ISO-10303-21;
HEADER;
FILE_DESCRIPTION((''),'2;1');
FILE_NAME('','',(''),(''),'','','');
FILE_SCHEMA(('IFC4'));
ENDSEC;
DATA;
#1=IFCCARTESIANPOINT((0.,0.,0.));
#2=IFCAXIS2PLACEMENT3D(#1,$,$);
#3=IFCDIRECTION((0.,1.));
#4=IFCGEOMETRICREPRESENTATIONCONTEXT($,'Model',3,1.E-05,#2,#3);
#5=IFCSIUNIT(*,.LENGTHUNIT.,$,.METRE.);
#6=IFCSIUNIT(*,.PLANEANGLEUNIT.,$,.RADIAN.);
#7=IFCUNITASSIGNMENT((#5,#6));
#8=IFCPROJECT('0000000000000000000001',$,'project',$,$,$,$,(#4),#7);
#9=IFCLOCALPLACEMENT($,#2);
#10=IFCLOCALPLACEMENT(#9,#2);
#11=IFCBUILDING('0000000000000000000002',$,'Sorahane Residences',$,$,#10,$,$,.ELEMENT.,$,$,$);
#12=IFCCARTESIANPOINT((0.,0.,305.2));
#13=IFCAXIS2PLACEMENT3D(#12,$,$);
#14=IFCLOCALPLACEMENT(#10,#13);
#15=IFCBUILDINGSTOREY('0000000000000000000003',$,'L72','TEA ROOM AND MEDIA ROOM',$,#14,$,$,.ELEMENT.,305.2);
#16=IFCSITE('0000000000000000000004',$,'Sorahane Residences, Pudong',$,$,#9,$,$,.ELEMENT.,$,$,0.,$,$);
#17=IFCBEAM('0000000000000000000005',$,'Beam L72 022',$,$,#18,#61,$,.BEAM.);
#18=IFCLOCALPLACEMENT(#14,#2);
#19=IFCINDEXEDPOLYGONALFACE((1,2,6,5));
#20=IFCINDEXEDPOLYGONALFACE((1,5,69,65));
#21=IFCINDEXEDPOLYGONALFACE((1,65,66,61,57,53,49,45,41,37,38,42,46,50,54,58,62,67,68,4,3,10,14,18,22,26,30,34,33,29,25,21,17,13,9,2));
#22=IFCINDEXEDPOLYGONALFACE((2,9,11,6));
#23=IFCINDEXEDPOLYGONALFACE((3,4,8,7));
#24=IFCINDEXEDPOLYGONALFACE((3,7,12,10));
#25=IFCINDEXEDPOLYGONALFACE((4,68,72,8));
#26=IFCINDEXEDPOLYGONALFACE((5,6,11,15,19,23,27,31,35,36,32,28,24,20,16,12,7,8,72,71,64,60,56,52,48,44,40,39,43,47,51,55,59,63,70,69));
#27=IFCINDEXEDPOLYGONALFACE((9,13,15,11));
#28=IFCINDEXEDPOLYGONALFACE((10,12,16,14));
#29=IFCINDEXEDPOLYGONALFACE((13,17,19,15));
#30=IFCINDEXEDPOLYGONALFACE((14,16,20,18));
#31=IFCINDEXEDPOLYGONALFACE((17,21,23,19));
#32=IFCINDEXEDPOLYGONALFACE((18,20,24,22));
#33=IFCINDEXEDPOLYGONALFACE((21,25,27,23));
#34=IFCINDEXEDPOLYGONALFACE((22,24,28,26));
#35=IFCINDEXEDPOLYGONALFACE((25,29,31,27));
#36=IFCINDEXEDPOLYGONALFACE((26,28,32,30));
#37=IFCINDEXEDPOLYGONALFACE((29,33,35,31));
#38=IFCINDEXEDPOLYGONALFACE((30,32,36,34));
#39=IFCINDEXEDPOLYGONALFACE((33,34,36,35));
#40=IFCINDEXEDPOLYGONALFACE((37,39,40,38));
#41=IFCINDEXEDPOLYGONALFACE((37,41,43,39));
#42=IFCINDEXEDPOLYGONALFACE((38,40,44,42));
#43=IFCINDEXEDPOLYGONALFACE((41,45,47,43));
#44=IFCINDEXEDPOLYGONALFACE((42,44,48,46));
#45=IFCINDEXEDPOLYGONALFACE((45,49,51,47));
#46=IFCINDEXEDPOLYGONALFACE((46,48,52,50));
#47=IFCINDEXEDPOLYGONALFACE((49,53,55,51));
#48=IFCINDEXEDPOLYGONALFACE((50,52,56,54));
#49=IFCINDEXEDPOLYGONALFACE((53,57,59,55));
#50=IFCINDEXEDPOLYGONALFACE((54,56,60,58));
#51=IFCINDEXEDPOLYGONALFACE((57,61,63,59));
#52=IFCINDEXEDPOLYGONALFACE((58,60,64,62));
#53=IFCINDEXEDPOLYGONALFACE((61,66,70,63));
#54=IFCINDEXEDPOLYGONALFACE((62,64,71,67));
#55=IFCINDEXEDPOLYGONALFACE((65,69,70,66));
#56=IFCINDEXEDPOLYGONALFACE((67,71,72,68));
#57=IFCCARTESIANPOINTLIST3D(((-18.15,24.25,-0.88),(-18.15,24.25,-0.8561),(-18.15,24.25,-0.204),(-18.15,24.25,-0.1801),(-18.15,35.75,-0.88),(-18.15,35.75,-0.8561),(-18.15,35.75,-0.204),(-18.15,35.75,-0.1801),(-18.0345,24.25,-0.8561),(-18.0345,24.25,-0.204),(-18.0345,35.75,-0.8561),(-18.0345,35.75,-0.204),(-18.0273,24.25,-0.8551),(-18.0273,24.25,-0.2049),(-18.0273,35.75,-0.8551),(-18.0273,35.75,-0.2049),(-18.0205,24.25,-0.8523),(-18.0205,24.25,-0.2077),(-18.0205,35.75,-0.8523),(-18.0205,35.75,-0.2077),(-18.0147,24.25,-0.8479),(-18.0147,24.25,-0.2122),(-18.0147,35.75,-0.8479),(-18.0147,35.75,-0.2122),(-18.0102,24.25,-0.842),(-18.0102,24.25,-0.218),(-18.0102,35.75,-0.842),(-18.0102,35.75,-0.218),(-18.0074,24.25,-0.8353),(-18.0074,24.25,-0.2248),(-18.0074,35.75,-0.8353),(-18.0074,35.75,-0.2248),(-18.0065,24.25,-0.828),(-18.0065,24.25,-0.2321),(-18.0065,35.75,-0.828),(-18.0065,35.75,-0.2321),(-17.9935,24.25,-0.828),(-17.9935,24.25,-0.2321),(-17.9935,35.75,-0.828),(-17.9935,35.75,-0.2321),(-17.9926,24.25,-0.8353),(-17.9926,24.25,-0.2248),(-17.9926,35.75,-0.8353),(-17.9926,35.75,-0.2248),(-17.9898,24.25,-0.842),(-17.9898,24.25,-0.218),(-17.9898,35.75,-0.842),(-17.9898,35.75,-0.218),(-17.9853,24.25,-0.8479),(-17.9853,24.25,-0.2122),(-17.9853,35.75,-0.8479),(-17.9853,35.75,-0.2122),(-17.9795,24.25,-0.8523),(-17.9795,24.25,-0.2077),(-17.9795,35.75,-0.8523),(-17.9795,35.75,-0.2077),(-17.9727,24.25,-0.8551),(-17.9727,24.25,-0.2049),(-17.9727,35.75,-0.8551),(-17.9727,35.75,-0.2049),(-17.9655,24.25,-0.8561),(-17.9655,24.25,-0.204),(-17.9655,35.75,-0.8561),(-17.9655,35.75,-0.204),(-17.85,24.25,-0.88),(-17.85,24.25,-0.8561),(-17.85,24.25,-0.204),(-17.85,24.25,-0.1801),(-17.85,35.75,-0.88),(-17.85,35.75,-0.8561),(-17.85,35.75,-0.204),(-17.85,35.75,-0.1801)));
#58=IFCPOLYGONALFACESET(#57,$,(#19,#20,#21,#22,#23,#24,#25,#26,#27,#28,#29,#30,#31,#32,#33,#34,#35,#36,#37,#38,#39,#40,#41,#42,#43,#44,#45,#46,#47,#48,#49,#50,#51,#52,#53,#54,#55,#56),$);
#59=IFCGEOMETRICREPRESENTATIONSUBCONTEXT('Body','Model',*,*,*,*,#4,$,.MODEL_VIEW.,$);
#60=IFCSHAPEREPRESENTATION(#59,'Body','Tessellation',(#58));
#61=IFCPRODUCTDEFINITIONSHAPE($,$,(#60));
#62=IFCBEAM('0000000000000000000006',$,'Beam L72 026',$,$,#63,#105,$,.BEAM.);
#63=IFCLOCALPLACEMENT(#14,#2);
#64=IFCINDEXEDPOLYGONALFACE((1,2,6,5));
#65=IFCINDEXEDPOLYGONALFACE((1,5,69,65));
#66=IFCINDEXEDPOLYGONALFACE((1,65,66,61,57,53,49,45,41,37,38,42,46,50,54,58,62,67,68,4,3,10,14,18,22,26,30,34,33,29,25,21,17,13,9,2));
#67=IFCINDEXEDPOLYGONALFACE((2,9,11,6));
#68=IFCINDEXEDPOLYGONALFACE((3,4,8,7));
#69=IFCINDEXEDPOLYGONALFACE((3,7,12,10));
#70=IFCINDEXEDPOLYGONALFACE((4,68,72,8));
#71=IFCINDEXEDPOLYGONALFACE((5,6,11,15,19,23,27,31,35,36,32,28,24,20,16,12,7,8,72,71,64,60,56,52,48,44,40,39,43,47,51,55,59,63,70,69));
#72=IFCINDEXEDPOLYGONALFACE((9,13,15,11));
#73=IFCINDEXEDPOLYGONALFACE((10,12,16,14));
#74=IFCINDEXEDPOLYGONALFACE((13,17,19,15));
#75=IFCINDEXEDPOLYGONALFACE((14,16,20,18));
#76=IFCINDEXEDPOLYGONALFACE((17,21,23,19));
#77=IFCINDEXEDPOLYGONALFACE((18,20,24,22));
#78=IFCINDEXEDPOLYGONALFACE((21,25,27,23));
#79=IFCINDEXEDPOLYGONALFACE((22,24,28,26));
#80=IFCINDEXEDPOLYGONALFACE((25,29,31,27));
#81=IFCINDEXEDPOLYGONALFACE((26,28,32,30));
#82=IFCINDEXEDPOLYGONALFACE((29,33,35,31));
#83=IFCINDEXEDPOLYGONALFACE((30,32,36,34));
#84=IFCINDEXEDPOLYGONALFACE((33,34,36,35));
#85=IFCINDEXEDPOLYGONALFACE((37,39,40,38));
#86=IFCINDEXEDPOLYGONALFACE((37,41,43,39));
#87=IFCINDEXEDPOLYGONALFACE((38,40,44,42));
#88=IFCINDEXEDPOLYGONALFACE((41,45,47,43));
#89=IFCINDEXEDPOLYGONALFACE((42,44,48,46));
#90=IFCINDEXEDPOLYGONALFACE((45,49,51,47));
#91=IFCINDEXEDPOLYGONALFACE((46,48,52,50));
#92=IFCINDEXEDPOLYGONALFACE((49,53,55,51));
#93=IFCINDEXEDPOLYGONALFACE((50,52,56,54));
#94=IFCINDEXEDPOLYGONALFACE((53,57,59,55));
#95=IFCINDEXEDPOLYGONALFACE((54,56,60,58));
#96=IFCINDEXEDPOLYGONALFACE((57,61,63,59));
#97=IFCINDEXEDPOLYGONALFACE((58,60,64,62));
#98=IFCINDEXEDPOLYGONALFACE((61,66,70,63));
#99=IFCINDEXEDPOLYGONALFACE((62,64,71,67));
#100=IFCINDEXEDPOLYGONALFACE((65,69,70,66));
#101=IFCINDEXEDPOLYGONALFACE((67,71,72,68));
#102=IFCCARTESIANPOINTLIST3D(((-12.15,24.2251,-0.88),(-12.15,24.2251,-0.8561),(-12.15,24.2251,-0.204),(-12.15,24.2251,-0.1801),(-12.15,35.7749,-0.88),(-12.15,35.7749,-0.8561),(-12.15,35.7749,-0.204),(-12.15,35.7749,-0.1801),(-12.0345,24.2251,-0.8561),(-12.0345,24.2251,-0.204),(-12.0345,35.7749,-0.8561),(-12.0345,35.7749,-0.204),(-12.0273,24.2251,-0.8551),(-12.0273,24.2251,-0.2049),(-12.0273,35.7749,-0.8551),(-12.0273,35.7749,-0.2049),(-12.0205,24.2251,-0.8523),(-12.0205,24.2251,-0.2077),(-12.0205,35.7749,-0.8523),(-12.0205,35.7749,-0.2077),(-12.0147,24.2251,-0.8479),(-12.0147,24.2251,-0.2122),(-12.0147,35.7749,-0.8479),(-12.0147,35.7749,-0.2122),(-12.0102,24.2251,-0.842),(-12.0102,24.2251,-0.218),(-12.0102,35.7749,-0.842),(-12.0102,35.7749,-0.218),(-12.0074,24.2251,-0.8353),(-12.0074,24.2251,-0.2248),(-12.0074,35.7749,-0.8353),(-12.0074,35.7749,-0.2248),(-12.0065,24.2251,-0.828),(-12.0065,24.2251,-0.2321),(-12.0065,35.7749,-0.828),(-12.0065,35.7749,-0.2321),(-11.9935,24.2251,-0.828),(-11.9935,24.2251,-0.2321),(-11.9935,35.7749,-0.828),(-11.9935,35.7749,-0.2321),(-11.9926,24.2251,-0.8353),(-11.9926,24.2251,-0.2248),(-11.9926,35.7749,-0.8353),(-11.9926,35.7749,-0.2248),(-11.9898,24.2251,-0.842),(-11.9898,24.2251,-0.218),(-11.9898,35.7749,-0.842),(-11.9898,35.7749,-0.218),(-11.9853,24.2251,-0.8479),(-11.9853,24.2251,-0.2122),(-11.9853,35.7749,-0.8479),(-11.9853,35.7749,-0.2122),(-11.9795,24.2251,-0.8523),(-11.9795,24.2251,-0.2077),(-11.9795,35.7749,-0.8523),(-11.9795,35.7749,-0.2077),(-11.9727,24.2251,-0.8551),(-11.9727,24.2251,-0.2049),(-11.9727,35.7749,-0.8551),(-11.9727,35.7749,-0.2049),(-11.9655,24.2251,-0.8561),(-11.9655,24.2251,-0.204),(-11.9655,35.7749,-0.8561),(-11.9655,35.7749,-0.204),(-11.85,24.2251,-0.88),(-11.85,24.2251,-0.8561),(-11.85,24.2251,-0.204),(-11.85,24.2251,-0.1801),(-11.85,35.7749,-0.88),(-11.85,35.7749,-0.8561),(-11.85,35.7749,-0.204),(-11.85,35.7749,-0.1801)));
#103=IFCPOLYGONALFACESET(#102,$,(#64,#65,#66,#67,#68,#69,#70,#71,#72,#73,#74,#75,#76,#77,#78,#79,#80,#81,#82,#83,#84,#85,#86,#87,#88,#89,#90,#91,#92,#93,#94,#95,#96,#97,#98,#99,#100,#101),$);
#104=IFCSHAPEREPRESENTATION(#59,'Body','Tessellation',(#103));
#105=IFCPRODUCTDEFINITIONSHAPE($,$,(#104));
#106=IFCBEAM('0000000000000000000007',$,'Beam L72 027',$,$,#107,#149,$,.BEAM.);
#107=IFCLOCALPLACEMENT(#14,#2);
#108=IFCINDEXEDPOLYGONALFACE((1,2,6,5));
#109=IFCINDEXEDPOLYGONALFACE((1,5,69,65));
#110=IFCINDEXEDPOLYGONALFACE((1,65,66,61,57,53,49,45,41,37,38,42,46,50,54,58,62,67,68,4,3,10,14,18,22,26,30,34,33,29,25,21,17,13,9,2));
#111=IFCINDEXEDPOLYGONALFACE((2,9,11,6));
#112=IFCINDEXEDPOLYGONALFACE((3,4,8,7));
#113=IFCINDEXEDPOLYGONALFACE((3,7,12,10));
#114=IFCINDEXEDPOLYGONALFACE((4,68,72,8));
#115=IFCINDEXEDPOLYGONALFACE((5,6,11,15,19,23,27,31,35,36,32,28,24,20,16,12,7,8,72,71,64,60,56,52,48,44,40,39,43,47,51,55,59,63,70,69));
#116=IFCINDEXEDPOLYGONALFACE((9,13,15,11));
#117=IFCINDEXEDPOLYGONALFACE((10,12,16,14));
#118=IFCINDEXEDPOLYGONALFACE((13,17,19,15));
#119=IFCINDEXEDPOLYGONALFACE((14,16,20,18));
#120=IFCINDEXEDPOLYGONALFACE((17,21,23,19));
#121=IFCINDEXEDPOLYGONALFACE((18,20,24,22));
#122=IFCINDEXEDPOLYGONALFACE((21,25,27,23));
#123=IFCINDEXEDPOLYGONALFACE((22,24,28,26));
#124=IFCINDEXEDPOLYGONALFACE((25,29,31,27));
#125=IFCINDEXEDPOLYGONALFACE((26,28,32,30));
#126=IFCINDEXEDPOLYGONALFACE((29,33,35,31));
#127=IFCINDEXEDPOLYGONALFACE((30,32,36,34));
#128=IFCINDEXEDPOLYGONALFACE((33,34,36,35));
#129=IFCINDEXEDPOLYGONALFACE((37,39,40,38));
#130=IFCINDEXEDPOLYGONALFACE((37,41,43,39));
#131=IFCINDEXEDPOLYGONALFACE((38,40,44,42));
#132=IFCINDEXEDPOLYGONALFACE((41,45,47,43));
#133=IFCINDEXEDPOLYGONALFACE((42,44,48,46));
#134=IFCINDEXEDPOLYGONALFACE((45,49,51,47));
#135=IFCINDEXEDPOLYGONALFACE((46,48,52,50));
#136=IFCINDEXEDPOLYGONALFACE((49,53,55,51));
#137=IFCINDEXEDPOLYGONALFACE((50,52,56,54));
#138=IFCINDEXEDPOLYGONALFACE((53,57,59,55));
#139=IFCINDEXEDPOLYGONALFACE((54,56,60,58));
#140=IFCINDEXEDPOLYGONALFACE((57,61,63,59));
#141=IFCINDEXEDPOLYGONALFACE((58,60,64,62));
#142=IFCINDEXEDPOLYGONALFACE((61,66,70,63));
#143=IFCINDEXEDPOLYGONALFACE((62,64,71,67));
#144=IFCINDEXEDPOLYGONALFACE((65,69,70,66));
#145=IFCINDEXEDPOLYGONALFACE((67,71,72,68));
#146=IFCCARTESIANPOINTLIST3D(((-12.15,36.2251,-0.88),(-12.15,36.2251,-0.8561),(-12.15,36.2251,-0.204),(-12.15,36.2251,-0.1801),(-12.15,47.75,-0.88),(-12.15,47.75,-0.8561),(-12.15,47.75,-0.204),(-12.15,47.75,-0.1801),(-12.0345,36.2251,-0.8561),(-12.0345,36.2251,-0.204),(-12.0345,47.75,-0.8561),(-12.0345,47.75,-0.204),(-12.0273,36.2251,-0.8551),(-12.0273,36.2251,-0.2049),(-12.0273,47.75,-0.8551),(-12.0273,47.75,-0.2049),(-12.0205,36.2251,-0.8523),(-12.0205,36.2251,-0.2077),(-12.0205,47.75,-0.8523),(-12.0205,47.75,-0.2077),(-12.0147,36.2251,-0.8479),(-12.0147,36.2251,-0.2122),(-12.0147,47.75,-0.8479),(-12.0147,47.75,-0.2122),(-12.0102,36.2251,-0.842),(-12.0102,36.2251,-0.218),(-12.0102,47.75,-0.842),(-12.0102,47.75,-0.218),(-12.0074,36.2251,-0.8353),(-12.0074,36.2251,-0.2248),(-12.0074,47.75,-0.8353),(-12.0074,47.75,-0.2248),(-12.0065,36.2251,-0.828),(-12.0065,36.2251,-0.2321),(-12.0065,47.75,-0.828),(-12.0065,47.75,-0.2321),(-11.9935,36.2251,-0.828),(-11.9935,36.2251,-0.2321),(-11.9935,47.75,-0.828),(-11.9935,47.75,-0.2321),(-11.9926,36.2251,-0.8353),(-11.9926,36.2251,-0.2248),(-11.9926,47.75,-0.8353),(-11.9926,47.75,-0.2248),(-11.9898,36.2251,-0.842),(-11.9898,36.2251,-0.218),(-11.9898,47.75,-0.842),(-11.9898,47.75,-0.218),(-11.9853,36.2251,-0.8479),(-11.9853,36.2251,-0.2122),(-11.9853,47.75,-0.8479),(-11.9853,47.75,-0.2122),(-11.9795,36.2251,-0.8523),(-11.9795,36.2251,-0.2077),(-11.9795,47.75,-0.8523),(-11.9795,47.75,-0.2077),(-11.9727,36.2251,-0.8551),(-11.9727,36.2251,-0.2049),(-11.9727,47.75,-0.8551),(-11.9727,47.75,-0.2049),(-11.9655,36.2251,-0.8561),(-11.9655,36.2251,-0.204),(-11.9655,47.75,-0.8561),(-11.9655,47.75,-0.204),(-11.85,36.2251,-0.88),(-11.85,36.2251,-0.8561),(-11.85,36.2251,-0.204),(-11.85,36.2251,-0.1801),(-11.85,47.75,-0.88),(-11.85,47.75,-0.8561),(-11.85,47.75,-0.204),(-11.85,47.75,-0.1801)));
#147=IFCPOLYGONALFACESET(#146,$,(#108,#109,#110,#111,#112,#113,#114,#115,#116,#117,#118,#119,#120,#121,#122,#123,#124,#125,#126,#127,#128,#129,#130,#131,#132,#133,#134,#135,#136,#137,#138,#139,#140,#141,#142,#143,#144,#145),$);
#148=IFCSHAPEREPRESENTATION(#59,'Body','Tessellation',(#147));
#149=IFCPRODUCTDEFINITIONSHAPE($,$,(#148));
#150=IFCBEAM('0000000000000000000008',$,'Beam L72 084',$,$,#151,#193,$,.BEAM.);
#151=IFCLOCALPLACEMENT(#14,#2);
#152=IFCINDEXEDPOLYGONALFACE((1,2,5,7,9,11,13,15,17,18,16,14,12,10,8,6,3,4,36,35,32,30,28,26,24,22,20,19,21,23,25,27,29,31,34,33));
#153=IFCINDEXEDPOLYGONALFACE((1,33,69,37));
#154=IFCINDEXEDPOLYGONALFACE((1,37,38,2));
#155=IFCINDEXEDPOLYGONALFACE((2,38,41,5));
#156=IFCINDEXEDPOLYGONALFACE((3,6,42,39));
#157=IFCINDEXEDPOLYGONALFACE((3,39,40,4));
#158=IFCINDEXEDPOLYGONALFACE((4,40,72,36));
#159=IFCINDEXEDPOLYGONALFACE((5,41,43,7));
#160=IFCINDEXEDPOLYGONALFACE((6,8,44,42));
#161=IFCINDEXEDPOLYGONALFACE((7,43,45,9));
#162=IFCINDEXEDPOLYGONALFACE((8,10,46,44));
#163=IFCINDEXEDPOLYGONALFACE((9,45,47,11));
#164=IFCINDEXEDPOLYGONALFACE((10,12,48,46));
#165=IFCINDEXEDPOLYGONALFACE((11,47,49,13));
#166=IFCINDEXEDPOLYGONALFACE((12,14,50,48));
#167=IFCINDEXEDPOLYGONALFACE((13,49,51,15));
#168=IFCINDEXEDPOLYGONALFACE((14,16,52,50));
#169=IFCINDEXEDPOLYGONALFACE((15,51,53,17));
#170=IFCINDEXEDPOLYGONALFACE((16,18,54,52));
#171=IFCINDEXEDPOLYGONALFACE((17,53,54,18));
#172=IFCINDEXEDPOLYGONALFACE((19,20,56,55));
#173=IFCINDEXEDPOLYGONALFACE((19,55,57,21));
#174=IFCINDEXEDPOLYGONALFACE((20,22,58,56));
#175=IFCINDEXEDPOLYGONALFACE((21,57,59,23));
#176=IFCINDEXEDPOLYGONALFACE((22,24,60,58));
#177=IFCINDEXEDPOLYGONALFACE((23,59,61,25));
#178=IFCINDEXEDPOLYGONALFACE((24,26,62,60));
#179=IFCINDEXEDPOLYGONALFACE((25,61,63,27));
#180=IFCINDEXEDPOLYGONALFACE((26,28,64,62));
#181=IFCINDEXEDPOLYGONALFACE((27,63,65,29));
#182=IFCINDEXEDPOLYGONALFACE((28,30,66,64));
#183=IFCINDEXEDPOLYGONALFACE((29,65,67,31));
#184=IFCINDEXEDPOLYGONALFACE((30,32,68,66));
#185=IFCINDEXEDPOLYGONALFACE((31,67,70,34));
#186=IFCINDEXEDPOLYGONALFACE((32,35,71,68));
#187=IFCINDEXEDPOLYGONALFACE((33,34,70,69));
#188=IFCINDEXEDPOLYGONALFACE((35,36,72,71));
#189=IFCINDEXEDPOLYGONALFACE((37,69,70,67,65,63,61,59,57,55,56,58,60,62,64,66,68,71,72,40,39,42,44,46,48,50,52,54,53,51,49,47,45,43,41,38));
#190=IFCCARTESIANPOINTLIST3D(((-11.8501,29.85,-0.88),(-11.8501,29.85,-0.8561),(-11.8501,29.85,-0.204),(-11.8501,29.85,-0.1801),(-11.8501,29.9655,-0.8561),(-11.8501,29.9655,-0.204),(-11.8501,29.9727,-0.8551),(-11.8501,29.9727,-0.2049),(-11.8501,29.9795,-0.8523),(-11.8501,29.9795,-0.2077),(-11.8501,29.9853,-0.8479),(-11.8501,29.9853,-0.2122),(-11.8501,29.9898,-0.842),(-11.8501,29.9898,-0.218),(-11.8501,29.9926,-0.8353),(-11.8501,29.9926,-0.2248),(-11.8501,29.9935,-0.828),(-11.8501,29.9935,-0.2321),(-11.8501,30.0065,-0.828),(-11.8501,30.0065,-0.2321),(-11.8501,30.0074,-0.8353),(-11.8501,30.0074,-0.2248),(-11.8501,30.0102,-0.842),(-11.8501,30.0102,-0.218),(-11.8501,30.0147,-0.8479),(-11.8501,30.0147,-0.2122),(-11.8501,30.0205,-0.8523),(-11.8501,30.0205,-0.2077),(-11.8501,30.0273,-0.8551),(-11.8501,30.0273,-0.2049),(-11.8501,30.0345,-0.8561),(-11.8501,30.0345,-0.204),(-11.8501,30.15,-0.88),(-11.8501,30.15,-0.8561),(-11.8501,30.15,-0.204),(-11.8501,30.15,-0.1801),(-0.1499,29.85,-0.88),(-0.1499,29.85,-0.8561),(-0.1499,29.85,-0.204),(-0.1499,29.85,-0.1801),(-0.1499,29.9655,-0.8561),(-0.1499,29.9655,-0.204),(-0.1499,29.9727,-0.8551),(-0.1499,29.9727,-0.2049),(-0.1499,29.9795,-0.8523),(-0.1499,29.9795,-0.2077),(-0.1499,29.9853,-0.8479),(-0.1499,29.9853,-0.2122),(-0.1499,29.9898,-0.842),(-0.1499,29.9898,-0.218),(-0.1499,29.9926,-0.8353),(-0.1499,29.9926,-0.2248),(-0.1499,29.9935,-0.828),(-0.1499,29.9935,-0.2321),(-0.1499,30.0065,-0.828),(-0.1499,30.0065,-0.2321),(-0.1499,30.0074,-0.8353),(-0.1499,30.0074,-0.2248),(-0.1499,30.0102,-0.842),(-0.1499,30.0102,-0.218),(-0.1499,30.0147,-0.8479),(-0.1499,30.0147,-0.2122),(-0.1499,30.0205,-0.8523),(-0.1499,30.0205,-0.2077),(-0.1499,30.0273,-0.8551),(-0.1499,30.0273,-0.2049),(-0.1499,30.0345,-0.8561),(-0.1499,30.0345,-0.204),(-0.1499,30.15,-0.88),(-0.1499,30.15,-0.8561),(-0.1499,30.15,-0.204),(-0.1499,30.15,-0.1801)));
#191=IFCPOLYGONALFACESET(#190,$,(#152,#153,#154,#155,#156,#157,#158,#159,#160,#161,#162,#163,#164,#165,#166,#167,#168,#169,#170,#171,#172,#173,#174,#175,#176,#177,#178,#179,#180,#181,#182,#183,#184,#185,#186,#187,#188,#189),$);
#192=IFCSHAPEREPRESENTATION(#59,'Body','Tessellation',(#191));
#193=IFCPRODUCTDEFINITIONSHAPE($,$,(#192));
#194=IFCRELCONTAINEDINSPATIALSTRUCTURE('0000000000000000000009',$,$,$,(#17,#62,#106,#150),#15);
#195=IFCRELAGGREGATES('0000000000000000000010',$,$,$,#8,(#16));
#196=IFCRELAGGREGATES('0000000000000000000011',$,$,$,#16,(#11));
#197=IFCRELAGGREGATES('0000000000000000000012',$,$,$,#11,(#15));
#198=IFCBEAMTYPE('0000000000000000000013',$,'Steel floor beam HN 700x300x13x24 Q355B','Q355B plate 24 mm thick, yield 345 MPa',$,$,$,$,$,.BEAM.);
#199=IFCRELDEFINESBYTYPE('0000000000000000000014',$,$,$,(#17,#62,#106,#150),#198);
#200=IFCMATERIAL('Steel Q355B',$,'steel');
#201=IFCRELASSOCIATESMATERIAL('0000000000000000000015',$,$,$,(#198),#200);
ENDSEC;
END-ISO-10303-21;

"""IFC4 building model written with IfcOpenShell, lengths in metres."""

from ifc_helpers import new_model, si_unit, direction, frame, origin, origin_2d, place, context, subcontext, project, spatial, i_section, extrude, material, material_profile, profile_set, type_object, element, save


model = new_model("IFC4")

# Units and contexts
model_context = context("Model", 3, precision=1e-05, world=origin(), true_north=direction((0.0, 1.0)))
body_context = subcontext(model_context, "Body", "Model", "MODEL_VIEW")
ifc_project = project(units=[si_unit("LENGTHUNIT", "METRE"), si_unit("PLANEANGLEUNIT", "RADIAN")], contexts=[model_context])

# Site, building, storey
site_placement = place(None, origin())
site = spatial("IfcSite", under=ifc_project, at=site_placement, Name="Sorahane Residences, Pudong", CompositionType="ELEMENT", RefElevation=0.0)
building_placement = place(site_placement, origin())
building = spatial("IfcBuilding", under=site, at=building_placement, Name="Sorahane Residences", CompositionType="ELEMENT")
storey_placement = place(building_placement, frame((0.0, 0.0, 305.2)))
storey = spatial("IfcBuildingStorey", under=building, at=storey_placement, Name="L72", Description="TEA ROOM AND MEDIA ROOM", CompositionType="ELEMENT", Elevation=305.2)

# Beams
ifc_material_1 = material(Name="Steel Q355B", Category="steel")
ifc_material_profile_1 = material_profile(ifc_material_1, i_section(OverallWidth=0.3, OverallDepth=0.7, WebThickness=0.0129, FlangeThickness=0.0239, FilletRadius=0.0281, at=origin_2d()), Name="HN 700x300x13x24")
ifc_profile_set_1 = profile_set([ifc_material_profile_1], Name="Steel Q355B")
beam_type_1 = type_object("IfcBeamType", Name="Steel floor beam HN 700x300x13x24 Q355B", Description="Q355B plate 24 mm thick, yield 345 MPa", PredefinedType="BEAM", material=ifc_profile_set_1)
beam_1_placement = place(storey_placement, frame((-18.0, 24.25, -0.53), z_axis=(0.0, 1.0, 0.0), x_axis=(-1.0, 0.0, 0.0)))
element("IfcBeam", 1, at=beam_1_placement, inside=storey, type_object=beam_type_1, Name="Beam L72 022", PredefinedType="BEAM", context=body_context, shape_type="SweptSolid", body=[
    extrude(i_section(OverallWidth=0.3, OverallDepth=0.7, WebThickness=0.0129, FlangeThickness=0.0239, FilletRadius=0.0281, at=origin_2d()), origin(), (0.0, 0.0, 1.0), 11.5),
])
beam_2_placement = place(storey_placement, frame((-12.0, 24.2251, -0.53), z_axis=(0.0, 1.0, 0.0), x_axis=(-1.0, 0.0, 0.0)))
element("IfcBeam", 2, at=beam_2_placement, inside=storey, type_object=beam_type_1, Name="Beam L72 026", PredefinedType="BEAM", context=body_context, shape_type="SweptSolid", body=[
    extrude(i_section(OverallWidth=0.3, OverallDepth=0.7, WebThickness=0.0129, FlangeThickness=0.0239, FilletRadius=0.0281, at=origin_2d()), origin(), (0.0, 0.0, 1.0), 11.5498),
])
beam_3_placement = place(storey_placement, frame((-12.0, 36.2251, -0.53), z_axis=(0.0, 1.0, 0.0), x_axis=(-1.0, 0.0, 0.0)))
element("IfcBeam", 3, at=beam_3_placement, inside=storey, type_object=beam_type_1, Name="Beam L72 027", PredefinedType="BEAM", context=body_context, shape_type="SweptSolid", body=[
    extrude(i_section(OverallWidth=0.3, OverallDepth=0.7, WebThickness=0.0129, FlangeThickness=0.0239, FilletRadius=0.0281, at=origin_2d()), origin(), (0.0, 0.0, 1.0), 11.5249),
])
beam_4_placement = place(storey_placement, frame((-11.8501, 30.0, -0.53), z_axis=(1.0, 0.0, 0.0), x_axis=(0.0, 1.0, 0.0)))
element("IfcBeam", 4, at=beam_4_placement, inside=storey, type_object=beam_type_1, Name="Beam L72 084", PredefinedType="BEAM", context=body_context, shape_type="SweptSolid", body=[
    extrude(i_section(OverallWidth=0.3, OverallDepth=0.7, WebThickness=0.0129, FlangeThickness=0.0239, FilletRadius=0.0281, at=origin_2d()), origin(), (0.0, 0.0, 1.0), 11.7002),
])

save(model, "model.ifc")
